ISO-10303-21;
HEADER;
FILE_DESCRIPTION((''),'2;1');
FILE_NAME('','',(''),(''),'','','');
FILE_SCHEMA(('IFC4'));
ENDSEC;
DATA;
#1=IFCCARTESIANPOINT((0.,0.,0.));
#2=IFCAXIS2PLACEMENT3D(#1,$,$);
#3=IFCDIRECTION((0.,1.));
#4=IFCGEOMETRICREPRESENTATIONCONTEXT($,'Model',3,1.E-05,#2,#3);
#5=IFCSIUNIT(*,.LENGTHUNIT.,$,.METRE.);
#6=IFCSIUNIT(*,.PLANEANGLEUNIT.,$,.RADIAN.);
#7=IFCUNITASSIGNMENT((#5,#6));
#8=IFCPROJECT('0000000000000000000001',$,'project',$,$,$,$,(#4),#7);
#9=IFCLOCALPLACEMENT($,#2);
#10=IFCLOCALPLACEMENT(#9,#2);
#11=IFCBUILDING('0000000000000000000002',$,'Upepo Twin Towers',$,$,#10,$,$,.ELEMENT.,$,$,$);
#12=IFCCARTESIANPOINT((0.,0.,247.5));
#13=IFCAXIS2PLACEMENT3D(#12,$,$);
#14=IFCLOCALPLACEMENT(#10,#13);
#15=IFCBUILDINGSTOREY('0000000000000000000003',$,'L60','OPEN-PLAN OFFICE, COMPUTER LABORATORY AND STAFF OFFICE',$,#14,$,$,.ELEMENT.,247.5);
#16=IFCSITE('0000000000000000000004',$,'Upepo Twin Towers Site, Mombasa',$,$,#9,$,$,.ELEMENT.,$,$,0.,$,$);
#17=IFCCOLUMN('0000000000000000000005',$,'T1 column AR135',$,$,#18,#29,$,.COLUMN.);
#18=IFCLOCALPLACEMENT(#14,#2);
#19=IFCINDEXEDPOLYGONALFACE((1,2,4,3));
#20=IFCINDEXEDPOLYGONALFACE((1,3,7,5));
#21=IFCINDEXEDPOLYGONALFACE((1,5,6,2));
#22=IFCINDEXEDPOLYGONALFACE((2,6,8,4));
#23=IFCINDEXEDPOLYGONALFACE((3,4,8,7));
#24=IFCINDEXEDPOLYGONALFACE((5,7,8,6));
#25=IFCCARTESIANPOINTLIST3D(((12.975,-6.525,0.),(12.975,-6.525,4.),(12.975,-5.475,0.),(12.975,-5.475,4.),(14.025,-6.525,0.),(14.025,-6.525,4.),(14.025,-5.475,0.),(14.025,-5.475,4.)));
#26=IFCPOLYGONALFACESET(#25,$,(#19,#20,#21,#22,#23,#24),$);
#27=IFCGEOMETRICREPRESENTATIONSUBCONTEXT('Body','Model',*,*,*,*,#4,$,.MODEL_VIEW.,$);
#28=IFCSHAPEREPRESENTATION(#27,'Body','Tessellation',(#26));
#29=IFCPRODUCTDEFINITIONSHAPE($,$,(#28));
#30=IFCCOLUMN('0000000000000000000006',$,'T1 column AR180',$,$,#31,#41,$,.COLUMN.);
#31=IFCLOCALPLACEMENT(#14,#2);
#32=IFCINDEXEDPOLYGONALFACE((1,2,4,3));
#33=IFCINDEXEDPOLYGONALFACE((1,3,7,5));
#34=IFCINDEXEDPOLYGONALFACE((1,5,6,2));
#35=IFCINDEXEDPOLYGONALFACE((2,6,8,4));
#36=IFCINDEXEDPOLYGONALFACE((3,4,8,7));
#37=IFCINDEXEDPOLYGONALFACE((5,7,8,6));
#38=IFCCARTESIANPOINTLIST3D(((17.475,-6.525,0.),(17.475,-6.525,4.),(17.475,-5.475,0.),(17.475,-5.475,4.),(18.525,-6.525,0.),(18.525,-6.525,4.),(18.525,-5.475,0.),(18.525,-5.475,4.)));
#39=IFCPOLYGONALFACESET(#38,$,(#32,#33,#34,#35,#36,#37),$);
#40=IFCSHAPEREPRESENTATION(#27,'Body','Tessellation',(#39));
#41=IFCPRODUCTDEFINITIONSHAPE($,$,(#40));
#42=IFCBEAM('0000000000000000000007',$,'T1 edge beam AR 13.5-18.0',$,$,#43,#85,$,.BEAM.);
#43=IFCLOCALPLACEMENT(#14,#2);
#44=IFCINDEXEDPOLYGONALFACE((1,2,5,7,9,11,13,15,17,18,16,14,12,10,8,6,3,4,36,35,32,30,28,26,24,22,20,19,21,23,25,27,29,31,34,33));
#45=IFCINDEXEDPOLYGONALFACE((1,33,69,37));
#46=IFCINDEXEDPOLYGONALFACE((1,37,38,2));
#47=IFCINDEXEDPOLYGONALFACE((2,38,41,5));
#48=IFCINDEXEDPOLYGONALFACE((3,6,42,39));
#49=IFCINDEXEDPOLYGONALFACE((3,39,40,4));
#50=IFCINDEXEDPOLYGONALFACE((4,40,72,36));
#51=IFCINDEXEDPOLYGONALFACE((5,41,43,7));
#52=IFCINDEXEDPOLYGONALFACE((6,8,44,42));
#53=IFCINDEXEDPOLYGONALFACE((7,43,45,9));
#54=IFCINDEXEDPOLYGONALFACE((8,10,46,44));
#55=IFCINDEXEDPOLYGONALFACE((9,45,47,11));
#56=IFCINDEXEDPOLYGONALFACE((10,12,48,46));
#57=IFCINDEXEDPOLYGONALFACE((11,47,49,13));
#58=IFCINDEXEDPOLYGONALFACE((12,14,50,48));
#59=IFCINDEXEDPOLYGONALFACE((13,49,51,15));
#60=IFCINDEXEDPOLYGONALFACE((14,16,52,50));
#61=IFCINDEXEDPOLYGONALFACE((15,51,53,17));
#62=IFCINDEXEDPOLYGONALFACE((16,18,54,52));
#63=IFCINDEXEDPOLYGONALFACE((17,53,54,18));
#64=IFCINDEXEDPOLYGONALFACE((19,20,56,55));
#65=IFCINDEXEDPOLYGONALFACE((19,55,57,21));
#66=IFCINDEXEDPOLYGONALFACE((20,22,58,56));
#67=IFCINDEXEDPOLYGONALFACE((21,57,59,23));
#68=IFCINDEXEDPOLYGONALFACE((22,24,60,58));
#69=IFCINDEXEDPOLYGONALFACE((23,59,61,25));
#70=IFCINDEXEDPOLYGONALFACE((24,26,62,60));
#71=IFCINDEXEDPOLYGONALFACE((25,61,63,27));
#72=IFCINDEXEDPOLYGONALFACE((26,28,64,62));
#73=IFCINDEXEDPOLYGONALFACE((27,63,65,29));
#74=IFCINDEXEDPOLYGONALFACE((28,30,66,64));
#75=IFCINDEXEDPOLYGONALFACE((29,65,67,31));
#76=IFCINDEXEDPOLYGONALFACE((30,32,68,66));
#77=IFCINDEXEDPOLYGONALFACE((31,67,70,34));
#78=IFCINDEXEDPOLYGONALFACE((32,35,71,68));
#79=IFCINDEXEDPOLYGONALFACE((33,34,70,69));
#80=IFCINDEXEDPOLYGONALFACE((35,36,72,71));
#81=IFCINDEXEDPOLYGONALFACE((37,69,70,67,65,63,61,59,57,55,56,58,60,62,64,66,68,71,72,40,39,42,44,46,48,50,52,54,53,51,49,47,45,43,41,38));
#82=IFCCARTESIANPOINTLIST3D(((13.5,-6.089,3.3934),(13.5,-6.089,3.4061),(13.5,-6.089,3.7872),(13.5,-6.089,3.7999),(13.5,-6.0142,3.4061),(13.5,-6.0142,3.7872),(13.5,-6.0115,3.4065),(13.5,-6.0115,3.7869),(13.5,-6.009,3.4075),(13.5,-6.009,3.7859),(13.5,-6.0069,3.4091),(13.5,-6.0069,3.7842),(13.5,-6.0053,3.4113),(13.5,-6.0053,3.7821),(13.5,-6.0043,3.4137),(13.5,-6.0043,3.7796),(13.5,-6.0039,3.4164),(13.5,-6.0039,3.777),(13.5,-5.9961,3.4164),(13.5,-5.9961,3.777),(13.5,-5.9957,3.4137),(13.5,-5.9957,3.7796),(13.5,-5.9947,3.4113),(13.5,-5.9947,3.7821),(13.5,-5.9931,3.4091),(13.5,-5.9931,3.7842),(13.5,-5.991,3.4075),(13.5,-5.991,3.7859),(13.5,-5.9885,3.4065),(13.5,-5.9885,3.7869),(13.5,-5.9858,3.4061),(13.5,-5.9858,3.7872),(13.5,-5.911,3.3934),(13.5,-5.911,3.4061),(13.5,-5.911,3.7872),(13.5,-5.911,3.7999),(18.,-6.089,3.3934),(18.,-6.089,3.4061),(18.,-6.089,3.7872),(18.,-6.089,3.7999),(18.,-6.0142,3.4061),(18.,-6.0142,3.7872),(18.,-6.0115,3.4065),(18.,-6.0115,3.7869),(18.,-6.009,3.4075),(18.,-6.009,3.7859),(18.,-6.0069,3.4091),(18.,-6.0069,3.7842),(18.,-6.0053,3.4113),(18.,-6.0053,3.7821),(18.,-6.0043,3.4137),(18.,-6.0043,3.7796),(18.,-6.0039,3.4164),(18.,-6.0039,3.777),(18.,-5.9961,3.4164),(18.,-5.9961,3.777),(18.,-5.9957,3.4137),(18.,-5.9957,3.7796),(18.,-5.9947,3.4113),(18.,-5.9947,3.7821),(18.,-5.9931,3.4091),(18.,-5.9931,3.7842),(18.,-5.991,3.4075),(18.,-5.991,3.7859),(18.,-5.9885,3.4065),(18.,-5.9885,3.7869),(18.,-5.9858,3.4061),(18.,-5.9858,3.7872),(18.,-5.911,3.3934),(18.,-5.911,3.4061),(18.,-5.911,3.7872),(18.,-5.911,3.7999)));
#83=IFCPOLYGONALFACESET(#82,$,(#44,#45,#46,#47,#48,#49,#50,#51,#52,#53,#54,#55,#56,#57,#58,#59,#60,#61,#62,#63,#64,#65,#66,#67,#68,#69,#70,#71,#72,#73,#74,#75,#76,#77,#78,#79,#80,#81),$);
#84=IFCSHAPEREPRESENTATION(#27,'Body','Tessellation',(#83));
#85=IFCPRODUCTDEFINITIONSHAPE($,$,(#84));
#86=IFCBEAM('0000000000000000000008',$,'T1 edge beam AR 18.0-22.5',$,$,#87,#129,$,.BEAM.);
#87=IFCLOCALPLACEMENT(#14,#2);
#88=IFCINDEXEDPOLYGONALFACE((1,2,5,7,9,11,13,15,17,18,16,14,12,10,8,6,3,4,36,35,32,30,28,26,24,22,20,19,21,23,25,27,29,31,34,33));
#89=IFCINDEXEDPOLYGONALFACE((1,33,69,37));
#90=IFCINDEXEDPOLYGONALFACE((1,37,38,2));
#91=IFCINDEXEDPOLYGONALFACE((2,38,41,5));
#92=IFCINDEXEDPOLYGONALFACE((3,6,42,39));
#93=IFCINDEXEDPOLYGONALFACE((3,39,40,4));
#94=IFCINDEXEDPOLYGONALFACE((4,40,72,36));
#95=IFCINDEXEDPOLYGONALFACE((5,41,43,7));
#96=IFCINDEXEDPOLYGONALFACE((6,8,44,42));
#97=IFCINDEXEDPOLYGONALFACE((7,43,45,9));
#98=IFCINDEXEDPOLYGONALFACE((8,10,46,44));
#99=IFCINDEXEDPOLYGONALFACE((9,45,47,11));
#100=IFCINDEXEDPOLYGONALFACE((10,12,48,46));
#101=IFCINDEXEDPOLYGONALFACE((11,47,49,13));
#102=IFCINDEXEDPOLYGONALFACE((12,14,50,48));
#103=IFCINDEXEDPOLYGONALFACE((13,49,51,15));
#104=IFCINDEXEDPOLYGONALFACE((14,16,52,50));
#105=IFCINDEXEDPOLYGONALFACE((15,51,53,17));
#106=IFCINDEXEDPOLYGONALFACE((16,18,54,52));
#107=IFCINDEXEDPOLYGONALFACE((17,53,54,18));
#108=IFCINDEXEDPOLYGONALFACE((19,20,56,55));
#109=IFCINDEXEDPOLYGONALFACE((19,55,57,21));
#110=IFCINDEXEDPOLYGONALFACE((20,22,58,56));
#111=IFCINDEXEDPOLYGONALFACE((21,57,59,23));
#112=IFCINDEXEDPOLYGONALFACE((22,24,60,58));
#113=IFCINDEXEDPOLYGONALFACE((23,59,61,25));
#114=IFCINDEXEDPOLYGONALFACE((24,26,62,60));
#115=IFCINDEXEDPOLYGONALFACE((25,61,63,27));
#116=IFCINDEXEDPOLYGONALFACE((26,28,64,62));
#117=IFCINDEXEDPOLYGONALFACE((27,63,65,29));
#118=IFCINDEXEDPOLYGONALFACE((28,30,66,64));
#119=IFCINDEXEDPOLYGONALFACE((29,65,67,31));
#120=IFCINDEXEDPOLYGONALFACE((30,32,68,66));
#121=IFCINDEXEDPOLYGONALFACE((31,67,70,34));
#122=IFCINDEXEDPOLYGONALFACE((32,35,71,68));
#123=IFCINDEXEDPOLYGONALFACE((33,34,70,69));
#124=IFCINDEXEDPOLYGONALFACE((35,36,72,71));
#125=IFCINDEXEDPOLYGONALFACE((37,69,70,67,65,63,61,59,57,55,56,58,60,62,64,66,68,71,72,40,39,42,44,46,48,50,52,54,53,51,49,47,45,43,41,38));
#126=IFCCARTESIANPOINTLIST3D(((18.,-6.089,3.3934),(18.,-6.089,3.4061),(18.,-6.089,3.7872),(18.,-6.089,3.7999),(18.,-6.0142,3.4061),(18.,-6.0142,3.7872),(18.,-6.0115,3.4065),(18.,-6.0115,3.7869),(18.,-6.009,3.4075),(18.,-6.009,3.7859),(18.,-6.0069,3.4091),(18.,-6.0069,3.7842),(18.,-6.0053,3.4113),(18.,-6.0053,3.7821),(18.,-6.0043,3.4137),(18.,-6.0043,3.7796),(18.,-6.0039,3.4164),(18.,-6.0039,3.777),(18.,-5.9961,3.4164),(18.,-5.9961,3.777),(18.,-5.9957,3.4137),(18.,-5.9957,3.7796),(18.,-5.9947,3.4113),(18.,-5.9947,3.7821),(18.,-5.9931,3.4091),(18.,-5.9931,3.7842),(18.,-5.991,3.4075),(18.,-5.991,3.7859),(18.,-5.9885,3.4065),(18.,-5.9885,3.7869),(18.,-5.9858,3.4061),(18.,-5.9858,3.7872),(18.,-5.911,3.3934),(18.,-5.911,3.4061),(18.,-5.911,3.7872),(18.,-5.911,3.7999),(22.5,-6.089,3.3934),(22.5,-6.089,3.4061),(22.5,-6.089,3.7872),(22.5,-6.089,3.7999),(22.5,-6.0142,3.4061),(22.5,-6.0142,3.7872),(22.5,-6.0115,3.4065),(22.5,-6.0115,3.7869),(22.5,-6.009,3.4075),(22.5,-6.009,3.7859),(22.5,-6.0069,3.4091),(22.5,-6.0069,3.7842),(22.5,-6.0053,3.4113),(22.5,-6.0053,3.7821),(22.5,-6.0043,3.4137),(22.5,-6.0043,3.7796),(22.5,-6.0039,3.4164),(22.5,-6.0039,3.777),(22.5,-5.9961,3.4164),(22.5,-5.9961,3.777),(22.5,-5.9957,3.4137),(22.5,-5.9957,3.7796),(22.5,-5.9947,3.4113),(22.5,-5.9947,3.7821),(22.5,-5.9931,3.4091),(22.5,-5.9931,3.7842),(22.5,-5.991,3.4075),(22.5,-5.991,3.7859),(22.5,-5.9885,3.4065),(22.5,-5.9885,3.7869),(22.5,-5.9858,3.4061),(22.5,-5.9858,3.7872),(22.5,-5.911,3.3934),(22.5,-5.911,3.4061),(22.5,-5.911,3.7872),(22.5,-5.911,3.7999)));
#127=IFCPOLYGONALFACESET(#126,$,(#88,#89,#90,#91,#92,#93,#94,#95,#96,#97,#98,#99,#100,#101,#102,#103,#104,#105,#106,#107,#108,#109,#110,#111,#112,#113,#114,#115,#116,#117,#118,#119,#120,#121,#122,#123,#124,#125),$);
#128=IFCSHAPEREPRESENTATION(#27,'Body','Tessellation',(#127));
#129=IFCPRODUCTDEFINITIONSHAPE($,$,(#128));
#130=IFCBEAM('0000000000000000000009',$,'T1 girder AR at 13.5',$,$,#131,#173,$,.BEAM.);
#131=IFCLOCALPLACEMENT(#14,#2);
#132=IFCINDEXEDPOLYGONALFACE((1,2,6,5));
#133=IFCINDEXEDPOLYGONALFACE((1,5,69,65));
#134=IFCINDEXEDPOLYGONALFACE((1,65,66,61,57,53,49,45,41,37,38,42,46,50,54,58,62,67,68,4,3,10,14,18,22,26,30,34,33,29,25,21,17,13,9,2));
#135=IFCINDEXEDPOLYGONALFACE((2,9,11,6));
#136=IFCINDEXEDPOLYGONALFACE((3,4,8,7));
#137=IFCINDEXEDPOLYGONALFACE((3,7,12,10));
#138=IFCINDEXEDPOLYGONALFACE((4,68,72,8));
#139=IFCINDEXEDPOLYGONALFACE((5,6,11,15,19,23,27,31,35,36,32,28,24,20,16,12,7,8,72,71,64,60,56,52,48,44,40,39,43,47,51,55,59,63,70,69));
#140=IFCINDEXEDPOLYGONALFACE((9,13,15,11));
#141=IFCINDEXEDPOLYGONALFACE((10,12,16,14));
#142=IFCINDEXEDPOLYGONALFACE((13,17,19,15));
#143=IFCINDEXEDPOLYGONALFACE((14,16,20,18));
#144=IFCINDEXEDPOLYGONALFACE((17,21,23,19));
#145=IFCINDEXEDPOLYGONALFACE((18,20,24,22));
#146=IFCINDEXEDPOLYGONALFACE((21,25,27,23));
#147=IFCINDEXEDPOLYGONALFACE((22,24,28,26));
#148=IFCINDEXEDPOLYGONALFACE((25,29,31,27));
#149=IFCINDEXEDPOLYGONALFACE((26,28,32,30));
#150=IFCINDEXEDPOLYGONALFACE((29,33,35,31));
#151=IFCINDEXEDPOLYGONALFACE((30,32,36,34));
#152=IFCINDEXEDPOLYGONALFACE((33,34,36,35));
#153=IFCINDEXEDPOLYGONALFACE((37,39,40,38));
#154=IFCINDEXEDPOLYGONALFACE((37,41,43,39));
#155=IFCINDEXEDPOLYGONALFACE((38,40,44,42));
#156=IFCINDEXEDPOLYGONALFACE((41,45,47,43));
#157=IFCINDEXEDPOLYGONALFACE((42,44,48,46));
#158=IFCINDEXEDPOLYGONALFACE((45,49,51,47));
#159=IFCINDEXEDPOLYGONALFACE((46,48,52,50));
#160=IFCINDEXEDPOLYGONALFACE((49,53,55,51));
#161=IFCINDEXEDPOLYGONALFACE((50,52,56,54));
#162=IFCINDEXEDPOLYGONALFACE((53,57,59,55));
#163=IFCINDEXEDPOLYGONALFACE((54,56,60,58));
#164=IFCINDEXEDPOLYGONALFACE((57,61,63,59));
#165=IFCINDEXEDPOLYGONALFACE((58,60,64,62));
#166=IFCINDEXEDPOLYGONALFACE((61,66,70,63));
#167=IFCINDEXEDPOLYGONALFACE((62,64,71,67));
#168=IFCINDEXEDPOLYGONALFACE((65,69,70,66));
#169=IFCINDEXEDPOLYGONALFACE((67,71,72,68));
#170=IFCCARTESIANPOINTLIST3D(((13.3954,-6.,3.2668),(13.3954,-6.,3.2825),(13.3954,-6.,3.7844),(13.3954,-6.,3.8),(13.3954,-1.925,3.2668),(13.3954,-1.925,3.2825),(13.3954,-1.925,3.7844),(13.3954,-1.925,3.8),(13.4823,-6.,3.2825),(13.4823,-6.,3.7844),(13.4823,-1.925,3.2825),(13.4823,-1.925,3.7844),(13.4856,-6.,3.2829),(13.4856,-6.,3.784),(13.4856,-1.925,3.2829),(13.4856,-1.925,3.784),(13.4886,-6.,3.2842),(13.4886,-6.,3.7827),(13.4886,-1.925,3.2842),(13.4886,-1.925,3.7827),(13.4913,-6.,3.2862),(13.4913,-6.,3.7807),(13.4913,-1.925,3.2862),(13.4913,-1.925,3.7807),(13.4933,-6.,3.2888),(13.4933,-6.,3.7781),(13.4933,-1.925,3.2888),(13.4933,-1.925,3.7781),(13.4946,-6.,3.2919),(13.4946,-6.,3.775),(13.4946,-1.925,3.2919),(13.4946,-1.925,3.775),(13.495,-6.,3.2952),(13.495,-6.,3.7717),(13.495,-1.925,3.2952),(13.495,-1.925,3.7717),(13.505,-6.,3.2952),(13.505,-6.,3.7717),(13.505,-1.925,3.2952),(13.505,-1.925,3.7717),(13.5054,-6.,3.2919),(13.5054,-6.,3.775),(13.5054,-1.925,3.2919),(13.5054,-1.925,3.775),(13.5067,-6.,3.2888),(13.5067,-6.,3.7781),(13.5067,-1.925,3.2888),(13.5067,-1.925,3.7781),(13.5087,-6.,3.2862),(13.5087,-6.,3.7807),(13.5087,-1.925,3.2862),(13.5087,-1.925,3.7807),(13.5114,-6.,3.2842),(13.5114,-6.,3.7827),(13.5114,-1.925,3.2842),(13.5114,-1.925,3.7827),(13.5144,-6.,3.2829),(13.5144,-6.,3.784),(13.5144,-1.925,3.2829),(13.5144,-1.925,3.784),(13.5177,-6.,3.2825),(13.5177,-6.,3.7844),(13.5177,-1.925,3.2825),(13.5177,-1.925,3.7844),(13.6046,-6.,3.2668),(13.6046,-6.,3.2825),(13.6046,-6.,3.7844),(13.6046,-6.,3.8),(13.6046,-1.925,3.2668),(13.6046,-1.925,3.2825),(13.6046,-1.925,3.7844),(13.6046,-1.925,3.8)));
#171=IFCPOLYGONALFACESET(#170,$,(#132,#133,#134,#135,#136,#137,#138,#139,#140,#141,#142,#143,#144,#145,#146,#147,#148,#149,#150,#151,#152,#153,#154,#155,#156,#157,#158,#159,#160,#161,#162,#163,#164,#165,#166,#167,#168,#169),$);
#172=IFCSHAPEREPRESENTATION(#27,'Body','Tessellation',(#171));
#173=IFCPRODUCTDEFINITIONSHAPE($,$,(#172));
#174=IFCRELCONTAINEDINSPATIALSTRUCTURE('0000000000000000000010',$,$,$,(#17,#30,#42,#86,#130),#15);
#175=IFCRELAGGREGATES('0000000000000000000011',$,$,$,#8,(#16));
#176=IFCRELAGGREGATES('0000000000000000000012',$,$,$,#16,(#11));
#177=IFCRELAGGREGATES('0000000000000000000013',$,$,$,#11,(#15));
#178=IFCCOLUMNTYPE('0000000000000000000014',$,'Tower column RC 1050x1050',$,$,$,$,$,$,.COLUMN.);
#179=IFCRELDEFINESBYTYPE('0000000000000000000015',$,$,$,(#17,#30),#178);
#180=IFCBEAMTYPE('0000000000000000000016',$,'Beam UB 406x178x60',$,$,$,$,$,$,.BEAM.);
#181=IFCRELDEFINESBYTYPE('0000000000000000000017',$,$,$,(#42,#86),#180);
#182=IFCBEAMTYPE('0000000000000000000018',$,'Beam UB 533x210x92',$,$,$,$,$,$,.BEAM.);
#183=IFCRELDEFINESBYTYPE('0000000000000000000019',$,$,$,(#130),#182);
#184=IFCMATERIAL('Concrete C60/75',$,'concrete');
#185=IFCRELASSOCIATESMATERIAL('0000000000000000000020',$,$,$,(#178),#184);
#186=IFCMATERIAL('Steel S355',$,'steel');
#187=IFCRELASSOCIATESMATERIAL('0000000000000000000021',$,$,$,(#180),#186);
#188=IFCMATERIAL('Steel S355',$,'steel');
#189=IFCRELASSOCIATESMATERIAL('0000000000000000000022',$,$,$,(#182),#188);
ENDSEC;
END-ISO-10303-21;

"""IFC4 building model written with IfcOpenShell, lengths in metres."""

from ifc_helpers import new_model, si_unit, direction, frame, origin, origin_2d, place, context, subcontext, project, spatial, rectangle, i_section, extrude, material, material_profile, profile_set, type_object, element, save


model = new_model("IFC4")

# Units and contexts
model_context = context("Model", 3, precision=1e-05, world=origin(), true_north=direction((0.0, 1.0)))
body_context = subcontext(model_context, "Body", "Model", "MODEL_VIEW")
ifc_project = project(units=[si_unit("LENGTHUNIT", "METRE"), si_unit("PLANEANGLEUNIT", "RADIAN")], contexts=[model_context])

# Site, building, storey
site_placement = place(None, origin())
site = spatial("IfcSite", under=ifc_project, at=site_placement, Name="Upepo Twin Towers Site, Mombasa", CompositionType="ELEMENT", RefElevation=0.0)
building_placement = place(site_placement, origin())
building = spatial("IfcBuilding", under=site, at=building_placement, Name="Upepo Twin Towers", CompositionType="ELEMENT")
storey_placement = place(building_placement, frame((0.0, 0.0, 247.5)))
storey = spatial("IfcBuildingStorey", under=building, at=storey_placement, Name="L60", Description="OPEN-PLAN OFFICE, COMPUTER LABORATORY AND STAFF OFFICE", CompositionType="ELEMENT", Elevation=247.5)

# Columns
ifc_material_1 = material(Name="Concrete C60/75", Category="concrete")
ifc_material_profile_1 = material_profile(ifc_material_1, rectangle(XDim=1.05, YDim=1.05, at=origin_2d()), Name="RC 1050x1050")
ifc_profile_set_1 = profile_set([ifc_material_profile_1], Name="Concrete C60/75")
column_type = type_object("IfcColumnType", Name="Tower column RC 1050x1050", PredefinedType="COLUMN", material=ifc_profile_set_1)
for number, where, z_axis, x_axis, name in (
    (1, (13.5, -6.0, 0.0), (0.0, 0.0, 1.0), (1.0, 0.0, 0.0), "T1 column AR135"),
    (2, (18.0, -6.0, 0.0), (0.0, 0.0, 1.0), (1.0, 0.0, 0.0), "T1 column AR180"),
):
    element("IfcColumn", number, at=place(storey_placement, frame(where, z_axis=z_axis, x_axis=x_axis)), inside=storey, type_object=column_type, Name=name, PredefinedType="COLUMN", context=body_context, shape_type="SweptSolid", body=[
        extrude(rectangle(XDim=1.05, YDim=1.05, at=origin_2d()), origin(), (0.0, 0.0, 1.0), 4.0),
    ])

# Beams
ifc_material_2 = material(Name="Steel S355", Category="steel")
ifc_material_profile_2 = material_profile(ifc_material_2, i_section(OverallWidth=0.178, OverallDepth=0.4065, WebThickness=0.0078, FlangeThickness=0.0127, FilletRadius=0.0103, at=origin_2d()), Name="UB 406x178x60")
ifc_profile_set_2 = profile_set([ifc_material_profile_2], Name="Steel S355")
beam_type_1 = type_object("IfcBeamType", Name="Beam UB 406x178x60", PredefinedType="BEAM", material=ifc_profile_set_2)
for number, where, z_axis, x_axis, name in (
    (3, (13.5, -6.0, 3.5967), (1.0, 0.0, 0.0), (0.0, 1.0, 0.0), "T1 edge beam AR 13.5-18.0"),
    (4, (18.0, -6.0, 3.5967), (1.0, 0.0, 0.0), (0.0, 1.0, 0.0), "T1 edge beam AR 18.0-22.5"),
):
    element("IfcBeam", number, at=place(storey_placement, frame(where, z_axis=z_axis, x_axis=x_axis)), inside=storey, type_object=beam_type_1, Name=name, PredefinedType="BEAM", context=body_context, shape_type="SweptSolid", body=[
        extrude(i_section(OverallWidth=0.178, OverallDepth=0.4065, WebThickness=0.0078, FlangeThickness=0.0127, FilletRadius=0.0103, at=origin_2d()), origin(), (0.0, 0.0, 1.0), 4.5),
    ])
ifc_material_3 = material(Name="Steel S355", Category="steel")
ifc_material_profile_3 = material_profile(ifc_material_3, i_section(OverallWidth=0.2092, OverallDepth=0.5332, WebThickness=0.01, FlangeThickness=0.0156, FilletRadius=0.0127, at=origin_2d()), Name="UB 533x210x92")
ifc_profile_set_3 = profile_set([ifc_material_profile_3], Name="Steel S355")
beam_type_2 = type_object("IfcBeamType", Name="Beam UB 533x210x92", PredefinedType="BEAM", material=ifc_profile_set_3)
for number, where, z_axis, x_axis, name in (
    (5, (13.5, -6.0, 3.5334), (0.0, 1.0, 0.0), (-1.0, 0.0, 0.0), "T1 girder AR at 13.5"),
):
    element("IfcBeam", number, at=place(storey_placement, frame(where, z_axis=z_axis, x_axis=x_axis)), inside=storey, type_object=beam_type_2, Name=name, PredefinedType="BEAM", context=body_context, shape_type="SweptSolid", body=[
        extrude(i_section(OverallWidth=0.2092, OverallDepth=0.5332, WebThickness=0.01, FlangeThickness=0.0156, FilletRadius=0.0127, at=origin_2d()), origin(), (0.0, 0.0, 1.0), 4.075),
    ])

save(model, "model.ifc")
